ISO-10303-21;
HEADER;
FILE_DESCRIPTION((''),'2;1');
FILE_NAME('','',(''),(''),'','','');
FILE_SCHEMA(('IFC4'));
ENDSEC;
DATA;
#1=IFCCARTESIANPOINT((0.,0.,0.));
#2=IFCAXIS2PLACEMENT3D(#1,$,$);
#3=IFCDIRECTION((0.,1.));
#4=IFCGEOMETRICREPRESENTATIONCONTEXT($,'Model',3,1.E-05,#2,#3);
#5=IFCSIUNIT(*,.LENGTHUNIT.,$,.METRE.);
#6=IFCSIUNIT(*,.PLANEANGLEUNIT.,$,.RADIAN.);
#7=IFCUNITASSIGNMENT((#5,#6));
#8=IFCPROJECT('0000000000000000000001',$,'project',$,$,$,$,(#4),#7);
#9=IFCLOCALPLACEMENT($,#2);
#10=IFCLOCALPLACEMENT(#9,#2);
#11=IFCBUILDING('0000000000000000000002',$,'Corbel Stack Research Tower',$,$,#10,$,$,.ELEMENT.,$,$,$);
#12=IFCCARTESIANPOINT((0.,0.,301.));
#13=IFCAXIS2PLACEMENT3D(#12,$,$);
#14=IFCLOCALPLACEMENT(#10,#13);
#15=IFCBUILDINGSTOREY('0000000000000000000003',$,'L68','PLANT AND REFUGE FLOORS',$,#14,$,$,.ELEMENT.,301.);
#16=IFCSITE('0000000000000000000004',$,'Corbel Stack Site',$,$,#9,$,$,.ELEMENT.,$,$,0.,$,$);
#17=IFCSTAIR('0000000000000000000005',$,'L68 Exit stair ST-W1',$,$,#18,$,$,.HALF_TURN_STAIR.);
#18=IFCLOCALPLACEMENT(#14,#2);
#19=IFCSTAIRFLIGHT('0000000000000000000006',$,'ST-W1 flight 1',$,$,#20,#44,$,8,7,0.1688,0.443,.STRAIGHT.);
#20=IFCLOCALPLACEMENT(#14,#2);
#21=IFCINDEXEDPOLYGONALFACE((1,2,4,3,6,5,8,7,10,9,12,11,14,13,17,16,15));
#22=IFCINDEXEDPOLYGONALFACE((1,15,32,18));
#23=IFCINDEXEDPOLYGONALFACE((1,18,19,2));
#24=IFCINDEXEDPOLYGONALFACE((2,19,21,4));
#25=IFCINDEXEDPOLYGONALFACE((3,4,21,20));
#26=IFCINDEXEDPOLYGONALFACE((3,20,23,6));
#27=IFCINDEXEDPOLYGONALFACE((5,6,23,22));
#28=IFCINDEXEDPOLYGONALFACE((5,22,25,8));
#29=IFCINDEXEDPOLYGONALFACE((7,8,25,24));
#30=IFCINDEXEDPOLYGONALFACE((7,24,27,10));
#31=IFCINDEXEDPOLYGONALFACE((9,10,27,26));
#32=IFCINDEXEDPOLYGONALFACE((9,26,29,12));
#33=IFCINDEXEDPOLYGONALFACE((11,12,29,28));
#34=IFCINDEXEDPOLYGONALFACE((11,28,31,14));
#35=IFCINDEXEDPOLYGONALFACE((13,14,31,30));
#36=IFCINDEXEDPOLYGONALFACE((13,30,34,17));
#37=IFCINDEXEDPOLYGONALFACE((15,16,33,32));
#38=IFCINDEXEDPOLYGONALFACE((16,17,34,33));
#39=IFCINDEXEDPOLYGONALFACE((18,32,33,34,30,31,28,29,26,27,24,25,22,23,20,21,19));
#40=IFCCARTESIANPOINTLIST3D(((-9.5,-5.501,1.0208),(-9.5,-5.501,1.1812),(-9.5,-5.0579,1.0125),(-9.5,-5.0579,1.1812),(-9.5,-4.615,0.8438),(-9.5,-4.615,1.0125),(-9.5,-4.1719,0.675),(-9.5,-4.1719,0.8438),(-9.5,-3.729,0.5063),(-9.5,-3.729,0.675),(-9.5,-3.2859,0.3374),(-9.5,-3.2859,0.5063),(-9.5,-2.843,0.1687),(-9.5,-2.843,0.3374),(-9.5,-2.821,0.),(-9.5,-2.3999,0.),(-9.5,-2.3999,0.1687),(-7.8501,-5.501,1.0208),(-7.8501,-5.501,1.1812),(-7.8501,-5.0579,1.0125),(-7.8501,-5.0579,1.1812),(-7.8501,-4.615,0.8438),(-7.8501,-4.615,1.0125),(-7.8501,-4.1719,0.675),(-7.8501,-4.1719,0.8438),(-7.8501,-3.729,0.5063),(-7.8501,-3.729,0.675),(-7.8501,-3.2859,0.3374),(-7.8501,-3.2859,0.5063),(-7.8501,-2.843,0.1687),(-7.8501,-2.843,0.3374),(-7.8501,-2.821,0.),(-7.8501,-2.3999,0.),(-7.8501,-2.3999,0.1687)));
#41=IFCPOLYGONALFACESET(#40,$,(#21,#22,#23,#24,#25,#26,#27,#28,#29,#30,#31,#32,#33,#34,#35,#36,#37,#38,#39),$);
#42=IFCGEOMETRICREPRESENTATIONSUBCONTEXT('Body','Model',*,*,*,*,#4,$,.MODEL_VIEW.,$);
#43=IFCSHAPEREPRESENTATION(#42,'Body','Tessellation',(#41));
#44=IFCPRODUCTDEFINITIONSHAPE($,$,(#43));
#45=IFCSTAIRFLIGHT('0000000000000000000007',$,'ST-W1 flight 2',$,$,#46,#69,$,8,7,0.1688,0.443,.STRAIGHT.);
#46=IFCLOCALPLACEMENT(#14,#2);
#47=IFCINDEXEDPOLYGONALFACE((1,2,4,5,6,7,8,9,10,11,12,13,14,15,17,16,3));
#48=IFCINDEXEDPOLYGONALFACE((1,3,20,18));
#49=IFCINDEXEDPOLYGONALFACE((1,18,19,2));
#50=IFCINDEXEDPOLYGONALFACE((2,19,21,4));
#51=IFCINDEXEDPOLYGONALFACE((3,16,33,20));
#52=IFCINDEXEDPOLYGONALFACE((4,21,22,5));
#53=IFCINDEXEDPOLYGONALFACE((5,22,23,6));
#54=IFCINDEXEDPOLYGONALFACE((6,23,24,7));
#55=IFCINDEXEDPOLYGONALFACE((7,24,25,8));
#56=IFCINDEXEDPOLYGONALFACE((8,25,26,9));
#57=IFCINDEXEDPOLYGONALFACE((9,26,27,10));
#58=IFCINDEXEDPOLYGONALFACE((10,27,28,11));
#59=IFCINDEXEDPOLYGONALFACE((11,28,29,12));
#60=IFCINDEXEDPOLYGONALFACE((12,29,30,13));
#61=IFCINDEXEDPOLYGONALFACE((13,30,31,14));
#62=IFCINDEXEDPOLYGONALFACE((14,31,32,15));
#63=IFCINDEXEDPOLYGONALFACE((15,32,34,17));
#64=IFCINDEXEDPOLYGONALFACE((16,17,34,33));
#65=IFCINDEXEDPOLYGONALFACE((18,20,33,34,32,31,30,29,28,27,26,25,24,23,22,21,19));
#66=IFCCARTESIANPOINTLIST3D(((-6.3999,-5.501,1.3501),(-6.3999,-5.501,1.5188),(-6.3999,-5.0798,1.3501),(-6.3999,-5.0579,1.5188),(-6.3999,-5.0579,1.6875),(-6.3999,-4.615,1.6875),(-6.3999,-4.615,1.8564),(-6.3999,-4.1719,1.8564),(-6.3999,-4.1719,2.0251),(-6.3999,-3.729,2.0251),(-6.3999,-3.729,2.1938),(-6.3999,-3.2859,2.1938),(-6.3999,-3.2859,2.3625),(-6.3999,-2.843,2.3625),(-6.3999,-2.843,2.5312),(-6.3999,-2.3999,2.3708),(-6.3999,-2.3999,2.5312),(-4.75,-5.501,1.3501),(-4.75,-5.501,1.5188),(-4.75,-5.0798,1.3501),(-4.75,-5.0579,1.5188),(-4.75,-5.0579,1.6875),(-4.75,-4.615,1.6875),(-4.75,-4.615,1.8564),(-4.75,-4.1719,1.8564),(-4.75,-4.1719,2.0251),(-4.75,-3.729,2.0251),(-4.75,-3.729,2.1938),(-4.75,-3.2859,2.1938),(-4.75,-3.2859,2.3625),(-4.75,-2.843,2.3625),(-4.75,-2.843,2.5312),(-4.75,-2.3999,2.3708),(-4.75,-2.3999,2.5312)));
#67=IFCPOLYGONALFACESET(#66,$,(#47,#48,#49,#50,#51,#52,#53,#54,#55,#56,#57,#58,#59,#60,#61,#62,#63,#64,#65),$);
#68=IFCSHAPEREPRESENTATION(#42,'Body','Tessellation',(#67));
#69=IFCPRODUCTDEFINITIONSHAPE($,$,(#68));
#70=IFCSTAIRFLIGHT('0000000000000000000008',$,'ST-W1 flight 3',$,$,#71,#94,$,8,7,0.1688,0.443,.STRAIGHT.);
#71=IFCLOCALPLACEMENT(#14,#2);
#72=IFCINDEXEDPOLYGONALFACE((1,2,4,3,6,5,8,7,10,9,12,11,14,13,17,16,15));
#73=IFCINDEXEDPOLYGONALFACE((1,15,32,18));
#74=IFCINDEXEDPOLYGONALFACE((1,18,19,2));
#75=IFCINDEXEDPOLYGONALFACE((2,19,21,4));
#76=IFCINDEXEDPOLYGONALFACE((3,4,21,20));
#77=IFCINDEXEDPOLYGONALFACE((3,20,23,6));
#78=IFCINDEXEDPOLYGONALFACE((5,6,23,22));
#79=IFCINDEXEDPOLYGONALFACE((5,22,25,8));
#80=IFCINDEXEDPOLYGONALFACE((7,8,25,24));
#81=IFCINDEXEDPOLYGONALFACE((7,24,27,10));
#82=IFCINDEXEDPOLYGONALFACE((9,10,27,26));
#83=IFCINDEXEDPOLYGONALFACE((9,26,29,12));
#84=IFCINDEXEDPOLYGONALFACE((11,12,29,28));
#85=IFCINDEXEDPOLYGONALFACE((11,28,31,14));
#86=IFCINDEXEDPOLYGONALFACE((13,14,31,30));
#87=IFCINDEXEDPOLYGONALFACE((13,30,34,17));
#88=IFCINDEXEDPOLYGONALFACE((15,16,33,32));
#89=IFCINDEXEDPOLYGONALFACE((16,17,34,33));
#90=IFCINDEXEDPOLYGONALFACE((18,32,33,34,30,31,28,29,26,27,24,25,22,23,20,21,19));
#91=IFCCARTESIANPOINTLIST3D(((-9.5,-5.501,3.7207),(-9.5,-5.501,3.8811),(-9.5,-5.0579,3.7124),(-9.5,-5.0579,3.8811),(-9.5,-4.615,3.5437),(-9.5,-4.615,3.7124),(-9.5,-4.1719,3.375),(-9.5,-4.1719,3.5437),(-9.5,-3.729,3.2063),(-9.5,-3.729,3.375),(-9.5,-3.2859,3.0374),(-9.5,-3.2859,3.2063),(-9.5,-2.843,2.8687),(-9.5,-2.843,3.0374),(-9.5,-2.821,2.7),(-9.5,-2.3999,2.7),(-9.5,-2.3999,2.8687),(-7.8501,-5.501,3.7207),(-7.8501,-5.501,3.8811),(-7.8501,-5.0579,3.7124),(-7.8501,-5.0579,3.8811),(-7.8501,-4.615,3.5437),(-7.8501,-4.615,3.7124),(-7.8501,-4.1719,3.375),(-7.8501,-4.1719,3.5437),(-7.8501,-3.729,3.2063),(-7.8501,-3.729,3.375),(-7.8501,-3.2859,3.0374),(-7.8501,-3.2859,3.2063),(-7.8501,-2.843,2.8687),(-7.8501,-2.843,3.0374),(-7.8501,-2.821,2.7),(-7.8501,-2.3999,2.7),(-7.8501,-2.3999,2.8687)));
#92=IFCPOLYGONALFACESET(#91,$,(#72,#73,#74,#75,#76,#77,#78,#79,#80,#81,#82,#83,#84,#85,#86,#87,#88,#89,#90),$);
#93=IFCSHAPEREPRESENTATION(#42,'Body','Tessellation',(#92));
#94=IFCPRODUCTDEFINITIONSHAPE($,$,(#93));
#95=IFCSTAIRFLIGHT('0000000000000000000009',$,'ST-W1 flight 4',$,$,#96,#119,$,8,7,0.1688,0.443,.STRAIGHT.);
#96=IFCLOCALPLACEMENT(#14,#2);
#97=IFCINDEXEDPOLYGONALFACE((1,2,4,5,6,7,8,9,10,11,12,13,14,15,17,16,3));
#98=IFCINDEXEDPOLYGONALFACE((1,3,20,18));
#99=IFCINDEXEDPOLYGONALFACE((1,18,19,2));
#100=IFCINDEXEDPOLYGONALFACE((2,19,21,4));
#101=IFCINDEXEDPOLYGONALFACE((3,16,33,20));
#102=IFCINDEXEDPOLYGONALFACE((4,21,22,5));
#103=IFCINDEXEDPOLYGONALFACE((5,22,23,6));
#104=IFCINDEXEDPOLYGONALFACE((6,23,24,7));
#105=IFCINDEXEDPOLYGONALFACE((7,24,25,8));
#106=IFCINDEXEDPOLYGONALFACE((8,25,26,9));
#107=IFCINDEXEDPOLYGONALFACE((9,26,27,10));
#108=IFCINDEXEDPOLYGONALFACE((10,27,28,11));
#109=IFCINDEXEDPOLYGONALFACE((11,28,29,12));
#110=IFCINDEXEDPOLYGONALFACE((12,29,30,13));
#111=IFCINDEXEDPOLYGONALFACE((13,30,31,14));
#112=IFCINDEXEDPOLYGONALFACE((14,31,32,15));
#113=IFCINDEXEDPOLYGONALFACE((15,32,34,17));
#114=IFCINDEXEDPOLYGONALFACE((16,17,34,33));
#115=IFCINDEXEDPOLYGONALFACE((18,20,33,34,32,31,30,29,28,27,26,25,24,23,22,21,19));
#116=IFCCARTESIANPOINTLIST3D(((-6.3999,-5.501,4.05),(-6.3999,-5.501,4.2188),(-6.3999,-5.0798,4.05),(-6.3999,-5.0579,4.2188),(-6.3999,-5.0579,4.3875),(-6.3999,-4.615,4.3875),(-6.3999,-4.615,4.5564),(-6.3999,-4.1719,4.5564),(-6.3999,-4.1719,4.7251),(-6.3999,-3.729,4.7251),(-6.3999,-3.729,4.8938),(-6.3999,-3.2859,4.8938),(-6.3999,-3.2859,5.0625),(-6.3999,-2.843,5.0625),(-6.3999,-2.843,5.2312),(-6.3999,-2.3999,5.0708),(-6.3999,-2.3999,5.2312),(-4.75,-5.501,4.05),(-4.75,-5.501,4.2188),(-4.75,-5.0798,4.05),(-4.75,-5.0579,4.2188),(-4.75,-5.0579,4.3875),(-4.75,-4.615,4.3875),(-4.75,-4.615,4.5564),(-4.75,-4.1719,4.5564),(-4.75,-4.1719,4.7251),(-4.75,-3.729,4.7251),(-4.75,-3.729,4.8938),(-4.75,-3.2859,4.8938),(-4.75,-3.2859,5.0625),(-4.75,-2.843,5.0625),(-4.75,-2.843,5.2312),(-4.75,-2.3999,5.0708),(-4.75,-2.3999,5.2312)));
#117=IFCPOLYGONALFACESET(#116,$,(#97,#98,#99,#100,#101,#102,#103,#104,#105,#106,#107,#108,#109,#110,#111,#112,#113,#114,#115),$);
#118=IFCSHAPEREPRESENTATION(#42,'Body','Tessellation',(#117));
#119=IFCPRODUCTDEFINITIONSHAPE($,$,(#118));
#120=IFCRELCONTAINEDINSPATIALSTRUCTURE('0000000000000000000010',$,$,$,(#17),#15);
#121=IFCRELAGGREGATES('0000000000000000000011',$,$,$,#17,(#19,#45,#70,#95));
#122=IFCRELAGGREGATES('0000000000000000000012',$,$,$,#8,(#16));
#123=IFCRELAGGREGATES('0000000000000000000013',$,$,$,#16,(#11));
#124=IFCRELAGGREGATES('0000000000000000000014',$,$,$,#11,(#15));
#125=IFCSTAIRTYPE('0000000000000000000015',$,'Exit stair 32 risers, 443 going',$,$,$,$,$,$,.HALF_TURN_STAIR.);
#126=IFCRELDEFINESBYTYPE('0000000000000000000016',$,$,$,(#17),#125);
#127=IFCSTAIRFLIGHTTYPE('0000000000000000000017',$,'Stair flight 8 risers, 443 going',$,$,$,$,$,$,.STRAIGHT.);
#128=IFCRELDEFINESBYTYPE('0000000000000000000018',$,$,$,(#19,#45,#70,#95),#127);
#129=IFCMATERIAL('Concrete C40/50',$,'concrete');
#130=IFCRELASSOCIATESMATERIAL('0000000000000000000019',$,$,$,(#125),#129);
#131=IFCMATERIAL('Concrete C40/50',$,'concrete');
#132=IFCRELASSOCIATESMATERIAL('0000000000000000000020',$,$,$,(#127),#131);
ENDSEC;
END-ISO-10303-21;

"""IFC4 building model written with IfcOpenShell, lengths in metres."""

from ifc_helpers import new_model, si_unit, direction, frame, origin, place, context, subcontext, project, spatial, polyline, outline, extrude, material, type_object, element, aggregate, save


model = new_model("IFC4")

# Units and contexts
model_context = context("Model", 3, precision=1e-05, world=origin(), true_north=direction((0.0, 1.0)))
body_context = subcontext(model_context, "Body", "Model", "MODEL_VIEW")
ifc_project = project(units=[si_unit("LENGTHUNIT", "METRE"), si_unit("PLANEANGLEUNIT", "RADIAN")], contexts=[model_context])

# Site, building, storey
site_placement = place(None, origin())
site = spatial("IfcSite", under=ifc_project, at=site_placement, Name="Corbel Stack Site", CompositionType="ELEMENT", RefElevation=0.0)
building_placement = place(site_placement, origin())
building = spatial("IfcBuilding", under=site, at=building_placement, Name="Corbel Stack Research Tower", CompositionType="ELEMENT")
storey_placement = place(building_placement, frame((0.0, 0.0, 301.0)))
storey = spatial("IfcBuildingStorey", under=building, at=storey_placement, Name="L68", Description="PLANT AND REFUGE FLOORS", CompositionType="ELEMENT", Elevation=301.0)

# Stair, stair flights
ifc_material_1 = material(Name="Concrete C40/50", Category="concrete")
stair_type = type_object("IfcStairType", Name="Exit stair 32 risers, 443 going", PredefinedType="HALF_TURN_STAIR", material=ifc_material_1)
stair_placement = place(storey_placement, origin())
stair = element("IfcStair", 1, at=stair_placement, inside=storey, type_object=stair_type, Name="L68 Exit stair ST-W1", PredefinedType="HALF_TURN_STAIR")
ifc_material_2 = material(Name="Concrete C40/50", Category="concrete")
stair_flight_type = type_object("IfcStairFlightType", Name="Stair flight 8 risers, 443 going", PredefinedType="STRAIGHT", material=ifc_material_2)
stair_flight_1_placement = place(storey_placement, frame((-8.675, -2.3999, 0.0), z_axis=(0.0, 0.0, 1.0), x_axis=(0.0, -1.0, 0.0)))
stair_flight_1 = element("IfcStairFlight", 2, at=stair_flight_1_placement, type_object=stair_flight_type, Name="ST-W1 flight 1", NumberOfRisers=8, NumberOfTreads=7, PredefinedType="STRAIGHT", RiserHeight=0.1688, TreadLength=0.443, context=body_context, shape_type="SweptSolid", body=[
    extrude(outline(polyline([(0.0, 0.0), (0.0, 0.1687), (0.4431, 0.1687), (0.4431, 0.3374), (0.886, 0.3374), (0.886, 0.5063), (1.3291, 0.5063), (1.3291, 0.675), (1.772, 0.675), (1.772, 0.8438), (2.2151, 0.8438), (2.2151, 1.0125), (2.658, 1.0125), (2.658, 1.1812), (3.1011, 1.1812), (3.1011, 1.3501), (3.1011, 1.0208), (0.4211, 0.0), (0.0, 0.0)])), frame((0.0, 0.825, 0.0), z_axis=(0.0, -1.0, 0.0), x_axis=(1.0, 0.0, 0.0)), (0.0, 0.0, 1.0), 1.6499),
])
stair_flight_2_placement = place(storey_placement, frame((-5.575, -5.501, 1.3501), z_axis=(0.0, 0.0, 1.0), x_axis=(0.0, 1.0, 0.0)))
stair_flight_2 = element("IfcStairFlight", 3, at=stair_flight_2_placement, type_object=stair_flight_type, Name="ST-W1 flight 2", NumberOfRisers=8, NumberOfTreads=7, PredefinedType="STRAIGHT", RiserHeight=0.1688, TreadLength=0.443, context=body_context, shape_type="SweptSolid", body=[
    extrude(outline(polyline([(0.0, 0.0), (0.0, 0.1687), (0.4431, 0.1687), (0.4431, 0.3374), (0.886, 0.3374), (0.886, 0.5063), (1.3291, 0.5063), (1.3291, 0.675), (1.772, 0.675), (1.772, 0.8438), (2.2151, 0.8438), (2.2151, 1.0125), (2.658, 1.0125), (2.658, 1.1812), (3.1011, 1.1812), (3.1011, 1.3501), (3.1011, 1.0208), (0.4211, 0.0), (0.0, 0.0)])), frame((0.0, 0.825, 0.0), z_axis=(0.0, -1.0, 0.0), x_axis=(1.0, 0.0, 0.0)), (0.0, 0.0, 1.0), 1.6499),
])
stair_flight_3_placement = place(storey_placement, frame((-8.675, -2.3999, 2.7), z_axis=(0.0, 0.0, 1.0), x_axis=(0.0, -1.0, 0.0)))
stair_flight_3 = element("IfcStairFlight", 4, at=stair_flight_3_placement, type_object=stair_flight_type, Name="ST-W1 flight 3", NumberOfRisers=8, NumberOfTreads=7, PredefinedType="STRAIGHT", RiserHeight=0.1688, TreadLength=0.443, context=body_context, shape_type="SweptSolid", body=[
    extrude(outline(polyline([(0.0, 0.0), (0.0, 0.1687), (0.4431, 0.1687), (0.4431, 0.3374), (0.886, 0.3374), (0.886, 0.5063), (1.3291, 0.5063), (1.3291, 0.675), (1.772, 0.675), (1.772, 0.8438), (2.2151, 0.8438), (2.2151, 1.0125), (2.658, 1.0125), (2.658, 1.1812), (3.1011, 1.1812), (3.1011, 1.3501), (3.1011, 1.0208), (0.4211, 0.0), (0.0, 0.0)])), frame((0.0, 0.825, 0.0), z_axis=(0.0, -1.0, 0.0), x_axis=(1.0, 0.0, 0.0)), (0.0, 0.0, 1.0), 1.6499),
])
stair_flight_4_placement = place(storey_placement, frame((-5.575, -5.501, 4.05), z_axis=(0.0, 0.0, 1.0), x_axis=(0.0, 1.0, 0.0)))
stair_flight_4 = element("IfcStairFlight", 5, at=stair_flight_4_placement, type_object=stair_flight_type, Name="ST-W1 flight 4", NumberOfRisers=8, NumberOfTreads=7, PredefinedType="STRAIGHT", RiserHeight=0.1688, TreadLength=0.443, context=body_context, shape_type="SweptSolid", body=[
    extrude(outline(polyline([(0.0, 0.0), (0.0, 0.1687), (0.4431, 0.1687), (0.4431, 0.3374), (0.886, 0.3374), (0.886, 0.5063), (1.3291, 0.5063), (1.3291, 0.675), (1.772, 0.675), (1.772, 0.8438), (2.2151, 0.8438), (2.2151, 1.0125), (2.658, 1.0125), (2.658, 1.1812), (3.1011, 1.1812), (3.1011, 1.3501), (3.1011, 1.0208), (0.4211, 0.0), (0.0, 0.0)])), frame((0.0, 0.825, 0.0), z_axis=(0.0, -1.0, 0.0), x_axis=(1.0, 0.0, 0.0)), (0.0, 0.0, 1.0), 1.6499),
])
aggregate(stair, [stair_flight_1, stair_flight_2, stair_flight_3, stair_flight_4])

save(model, "model.ifc")
